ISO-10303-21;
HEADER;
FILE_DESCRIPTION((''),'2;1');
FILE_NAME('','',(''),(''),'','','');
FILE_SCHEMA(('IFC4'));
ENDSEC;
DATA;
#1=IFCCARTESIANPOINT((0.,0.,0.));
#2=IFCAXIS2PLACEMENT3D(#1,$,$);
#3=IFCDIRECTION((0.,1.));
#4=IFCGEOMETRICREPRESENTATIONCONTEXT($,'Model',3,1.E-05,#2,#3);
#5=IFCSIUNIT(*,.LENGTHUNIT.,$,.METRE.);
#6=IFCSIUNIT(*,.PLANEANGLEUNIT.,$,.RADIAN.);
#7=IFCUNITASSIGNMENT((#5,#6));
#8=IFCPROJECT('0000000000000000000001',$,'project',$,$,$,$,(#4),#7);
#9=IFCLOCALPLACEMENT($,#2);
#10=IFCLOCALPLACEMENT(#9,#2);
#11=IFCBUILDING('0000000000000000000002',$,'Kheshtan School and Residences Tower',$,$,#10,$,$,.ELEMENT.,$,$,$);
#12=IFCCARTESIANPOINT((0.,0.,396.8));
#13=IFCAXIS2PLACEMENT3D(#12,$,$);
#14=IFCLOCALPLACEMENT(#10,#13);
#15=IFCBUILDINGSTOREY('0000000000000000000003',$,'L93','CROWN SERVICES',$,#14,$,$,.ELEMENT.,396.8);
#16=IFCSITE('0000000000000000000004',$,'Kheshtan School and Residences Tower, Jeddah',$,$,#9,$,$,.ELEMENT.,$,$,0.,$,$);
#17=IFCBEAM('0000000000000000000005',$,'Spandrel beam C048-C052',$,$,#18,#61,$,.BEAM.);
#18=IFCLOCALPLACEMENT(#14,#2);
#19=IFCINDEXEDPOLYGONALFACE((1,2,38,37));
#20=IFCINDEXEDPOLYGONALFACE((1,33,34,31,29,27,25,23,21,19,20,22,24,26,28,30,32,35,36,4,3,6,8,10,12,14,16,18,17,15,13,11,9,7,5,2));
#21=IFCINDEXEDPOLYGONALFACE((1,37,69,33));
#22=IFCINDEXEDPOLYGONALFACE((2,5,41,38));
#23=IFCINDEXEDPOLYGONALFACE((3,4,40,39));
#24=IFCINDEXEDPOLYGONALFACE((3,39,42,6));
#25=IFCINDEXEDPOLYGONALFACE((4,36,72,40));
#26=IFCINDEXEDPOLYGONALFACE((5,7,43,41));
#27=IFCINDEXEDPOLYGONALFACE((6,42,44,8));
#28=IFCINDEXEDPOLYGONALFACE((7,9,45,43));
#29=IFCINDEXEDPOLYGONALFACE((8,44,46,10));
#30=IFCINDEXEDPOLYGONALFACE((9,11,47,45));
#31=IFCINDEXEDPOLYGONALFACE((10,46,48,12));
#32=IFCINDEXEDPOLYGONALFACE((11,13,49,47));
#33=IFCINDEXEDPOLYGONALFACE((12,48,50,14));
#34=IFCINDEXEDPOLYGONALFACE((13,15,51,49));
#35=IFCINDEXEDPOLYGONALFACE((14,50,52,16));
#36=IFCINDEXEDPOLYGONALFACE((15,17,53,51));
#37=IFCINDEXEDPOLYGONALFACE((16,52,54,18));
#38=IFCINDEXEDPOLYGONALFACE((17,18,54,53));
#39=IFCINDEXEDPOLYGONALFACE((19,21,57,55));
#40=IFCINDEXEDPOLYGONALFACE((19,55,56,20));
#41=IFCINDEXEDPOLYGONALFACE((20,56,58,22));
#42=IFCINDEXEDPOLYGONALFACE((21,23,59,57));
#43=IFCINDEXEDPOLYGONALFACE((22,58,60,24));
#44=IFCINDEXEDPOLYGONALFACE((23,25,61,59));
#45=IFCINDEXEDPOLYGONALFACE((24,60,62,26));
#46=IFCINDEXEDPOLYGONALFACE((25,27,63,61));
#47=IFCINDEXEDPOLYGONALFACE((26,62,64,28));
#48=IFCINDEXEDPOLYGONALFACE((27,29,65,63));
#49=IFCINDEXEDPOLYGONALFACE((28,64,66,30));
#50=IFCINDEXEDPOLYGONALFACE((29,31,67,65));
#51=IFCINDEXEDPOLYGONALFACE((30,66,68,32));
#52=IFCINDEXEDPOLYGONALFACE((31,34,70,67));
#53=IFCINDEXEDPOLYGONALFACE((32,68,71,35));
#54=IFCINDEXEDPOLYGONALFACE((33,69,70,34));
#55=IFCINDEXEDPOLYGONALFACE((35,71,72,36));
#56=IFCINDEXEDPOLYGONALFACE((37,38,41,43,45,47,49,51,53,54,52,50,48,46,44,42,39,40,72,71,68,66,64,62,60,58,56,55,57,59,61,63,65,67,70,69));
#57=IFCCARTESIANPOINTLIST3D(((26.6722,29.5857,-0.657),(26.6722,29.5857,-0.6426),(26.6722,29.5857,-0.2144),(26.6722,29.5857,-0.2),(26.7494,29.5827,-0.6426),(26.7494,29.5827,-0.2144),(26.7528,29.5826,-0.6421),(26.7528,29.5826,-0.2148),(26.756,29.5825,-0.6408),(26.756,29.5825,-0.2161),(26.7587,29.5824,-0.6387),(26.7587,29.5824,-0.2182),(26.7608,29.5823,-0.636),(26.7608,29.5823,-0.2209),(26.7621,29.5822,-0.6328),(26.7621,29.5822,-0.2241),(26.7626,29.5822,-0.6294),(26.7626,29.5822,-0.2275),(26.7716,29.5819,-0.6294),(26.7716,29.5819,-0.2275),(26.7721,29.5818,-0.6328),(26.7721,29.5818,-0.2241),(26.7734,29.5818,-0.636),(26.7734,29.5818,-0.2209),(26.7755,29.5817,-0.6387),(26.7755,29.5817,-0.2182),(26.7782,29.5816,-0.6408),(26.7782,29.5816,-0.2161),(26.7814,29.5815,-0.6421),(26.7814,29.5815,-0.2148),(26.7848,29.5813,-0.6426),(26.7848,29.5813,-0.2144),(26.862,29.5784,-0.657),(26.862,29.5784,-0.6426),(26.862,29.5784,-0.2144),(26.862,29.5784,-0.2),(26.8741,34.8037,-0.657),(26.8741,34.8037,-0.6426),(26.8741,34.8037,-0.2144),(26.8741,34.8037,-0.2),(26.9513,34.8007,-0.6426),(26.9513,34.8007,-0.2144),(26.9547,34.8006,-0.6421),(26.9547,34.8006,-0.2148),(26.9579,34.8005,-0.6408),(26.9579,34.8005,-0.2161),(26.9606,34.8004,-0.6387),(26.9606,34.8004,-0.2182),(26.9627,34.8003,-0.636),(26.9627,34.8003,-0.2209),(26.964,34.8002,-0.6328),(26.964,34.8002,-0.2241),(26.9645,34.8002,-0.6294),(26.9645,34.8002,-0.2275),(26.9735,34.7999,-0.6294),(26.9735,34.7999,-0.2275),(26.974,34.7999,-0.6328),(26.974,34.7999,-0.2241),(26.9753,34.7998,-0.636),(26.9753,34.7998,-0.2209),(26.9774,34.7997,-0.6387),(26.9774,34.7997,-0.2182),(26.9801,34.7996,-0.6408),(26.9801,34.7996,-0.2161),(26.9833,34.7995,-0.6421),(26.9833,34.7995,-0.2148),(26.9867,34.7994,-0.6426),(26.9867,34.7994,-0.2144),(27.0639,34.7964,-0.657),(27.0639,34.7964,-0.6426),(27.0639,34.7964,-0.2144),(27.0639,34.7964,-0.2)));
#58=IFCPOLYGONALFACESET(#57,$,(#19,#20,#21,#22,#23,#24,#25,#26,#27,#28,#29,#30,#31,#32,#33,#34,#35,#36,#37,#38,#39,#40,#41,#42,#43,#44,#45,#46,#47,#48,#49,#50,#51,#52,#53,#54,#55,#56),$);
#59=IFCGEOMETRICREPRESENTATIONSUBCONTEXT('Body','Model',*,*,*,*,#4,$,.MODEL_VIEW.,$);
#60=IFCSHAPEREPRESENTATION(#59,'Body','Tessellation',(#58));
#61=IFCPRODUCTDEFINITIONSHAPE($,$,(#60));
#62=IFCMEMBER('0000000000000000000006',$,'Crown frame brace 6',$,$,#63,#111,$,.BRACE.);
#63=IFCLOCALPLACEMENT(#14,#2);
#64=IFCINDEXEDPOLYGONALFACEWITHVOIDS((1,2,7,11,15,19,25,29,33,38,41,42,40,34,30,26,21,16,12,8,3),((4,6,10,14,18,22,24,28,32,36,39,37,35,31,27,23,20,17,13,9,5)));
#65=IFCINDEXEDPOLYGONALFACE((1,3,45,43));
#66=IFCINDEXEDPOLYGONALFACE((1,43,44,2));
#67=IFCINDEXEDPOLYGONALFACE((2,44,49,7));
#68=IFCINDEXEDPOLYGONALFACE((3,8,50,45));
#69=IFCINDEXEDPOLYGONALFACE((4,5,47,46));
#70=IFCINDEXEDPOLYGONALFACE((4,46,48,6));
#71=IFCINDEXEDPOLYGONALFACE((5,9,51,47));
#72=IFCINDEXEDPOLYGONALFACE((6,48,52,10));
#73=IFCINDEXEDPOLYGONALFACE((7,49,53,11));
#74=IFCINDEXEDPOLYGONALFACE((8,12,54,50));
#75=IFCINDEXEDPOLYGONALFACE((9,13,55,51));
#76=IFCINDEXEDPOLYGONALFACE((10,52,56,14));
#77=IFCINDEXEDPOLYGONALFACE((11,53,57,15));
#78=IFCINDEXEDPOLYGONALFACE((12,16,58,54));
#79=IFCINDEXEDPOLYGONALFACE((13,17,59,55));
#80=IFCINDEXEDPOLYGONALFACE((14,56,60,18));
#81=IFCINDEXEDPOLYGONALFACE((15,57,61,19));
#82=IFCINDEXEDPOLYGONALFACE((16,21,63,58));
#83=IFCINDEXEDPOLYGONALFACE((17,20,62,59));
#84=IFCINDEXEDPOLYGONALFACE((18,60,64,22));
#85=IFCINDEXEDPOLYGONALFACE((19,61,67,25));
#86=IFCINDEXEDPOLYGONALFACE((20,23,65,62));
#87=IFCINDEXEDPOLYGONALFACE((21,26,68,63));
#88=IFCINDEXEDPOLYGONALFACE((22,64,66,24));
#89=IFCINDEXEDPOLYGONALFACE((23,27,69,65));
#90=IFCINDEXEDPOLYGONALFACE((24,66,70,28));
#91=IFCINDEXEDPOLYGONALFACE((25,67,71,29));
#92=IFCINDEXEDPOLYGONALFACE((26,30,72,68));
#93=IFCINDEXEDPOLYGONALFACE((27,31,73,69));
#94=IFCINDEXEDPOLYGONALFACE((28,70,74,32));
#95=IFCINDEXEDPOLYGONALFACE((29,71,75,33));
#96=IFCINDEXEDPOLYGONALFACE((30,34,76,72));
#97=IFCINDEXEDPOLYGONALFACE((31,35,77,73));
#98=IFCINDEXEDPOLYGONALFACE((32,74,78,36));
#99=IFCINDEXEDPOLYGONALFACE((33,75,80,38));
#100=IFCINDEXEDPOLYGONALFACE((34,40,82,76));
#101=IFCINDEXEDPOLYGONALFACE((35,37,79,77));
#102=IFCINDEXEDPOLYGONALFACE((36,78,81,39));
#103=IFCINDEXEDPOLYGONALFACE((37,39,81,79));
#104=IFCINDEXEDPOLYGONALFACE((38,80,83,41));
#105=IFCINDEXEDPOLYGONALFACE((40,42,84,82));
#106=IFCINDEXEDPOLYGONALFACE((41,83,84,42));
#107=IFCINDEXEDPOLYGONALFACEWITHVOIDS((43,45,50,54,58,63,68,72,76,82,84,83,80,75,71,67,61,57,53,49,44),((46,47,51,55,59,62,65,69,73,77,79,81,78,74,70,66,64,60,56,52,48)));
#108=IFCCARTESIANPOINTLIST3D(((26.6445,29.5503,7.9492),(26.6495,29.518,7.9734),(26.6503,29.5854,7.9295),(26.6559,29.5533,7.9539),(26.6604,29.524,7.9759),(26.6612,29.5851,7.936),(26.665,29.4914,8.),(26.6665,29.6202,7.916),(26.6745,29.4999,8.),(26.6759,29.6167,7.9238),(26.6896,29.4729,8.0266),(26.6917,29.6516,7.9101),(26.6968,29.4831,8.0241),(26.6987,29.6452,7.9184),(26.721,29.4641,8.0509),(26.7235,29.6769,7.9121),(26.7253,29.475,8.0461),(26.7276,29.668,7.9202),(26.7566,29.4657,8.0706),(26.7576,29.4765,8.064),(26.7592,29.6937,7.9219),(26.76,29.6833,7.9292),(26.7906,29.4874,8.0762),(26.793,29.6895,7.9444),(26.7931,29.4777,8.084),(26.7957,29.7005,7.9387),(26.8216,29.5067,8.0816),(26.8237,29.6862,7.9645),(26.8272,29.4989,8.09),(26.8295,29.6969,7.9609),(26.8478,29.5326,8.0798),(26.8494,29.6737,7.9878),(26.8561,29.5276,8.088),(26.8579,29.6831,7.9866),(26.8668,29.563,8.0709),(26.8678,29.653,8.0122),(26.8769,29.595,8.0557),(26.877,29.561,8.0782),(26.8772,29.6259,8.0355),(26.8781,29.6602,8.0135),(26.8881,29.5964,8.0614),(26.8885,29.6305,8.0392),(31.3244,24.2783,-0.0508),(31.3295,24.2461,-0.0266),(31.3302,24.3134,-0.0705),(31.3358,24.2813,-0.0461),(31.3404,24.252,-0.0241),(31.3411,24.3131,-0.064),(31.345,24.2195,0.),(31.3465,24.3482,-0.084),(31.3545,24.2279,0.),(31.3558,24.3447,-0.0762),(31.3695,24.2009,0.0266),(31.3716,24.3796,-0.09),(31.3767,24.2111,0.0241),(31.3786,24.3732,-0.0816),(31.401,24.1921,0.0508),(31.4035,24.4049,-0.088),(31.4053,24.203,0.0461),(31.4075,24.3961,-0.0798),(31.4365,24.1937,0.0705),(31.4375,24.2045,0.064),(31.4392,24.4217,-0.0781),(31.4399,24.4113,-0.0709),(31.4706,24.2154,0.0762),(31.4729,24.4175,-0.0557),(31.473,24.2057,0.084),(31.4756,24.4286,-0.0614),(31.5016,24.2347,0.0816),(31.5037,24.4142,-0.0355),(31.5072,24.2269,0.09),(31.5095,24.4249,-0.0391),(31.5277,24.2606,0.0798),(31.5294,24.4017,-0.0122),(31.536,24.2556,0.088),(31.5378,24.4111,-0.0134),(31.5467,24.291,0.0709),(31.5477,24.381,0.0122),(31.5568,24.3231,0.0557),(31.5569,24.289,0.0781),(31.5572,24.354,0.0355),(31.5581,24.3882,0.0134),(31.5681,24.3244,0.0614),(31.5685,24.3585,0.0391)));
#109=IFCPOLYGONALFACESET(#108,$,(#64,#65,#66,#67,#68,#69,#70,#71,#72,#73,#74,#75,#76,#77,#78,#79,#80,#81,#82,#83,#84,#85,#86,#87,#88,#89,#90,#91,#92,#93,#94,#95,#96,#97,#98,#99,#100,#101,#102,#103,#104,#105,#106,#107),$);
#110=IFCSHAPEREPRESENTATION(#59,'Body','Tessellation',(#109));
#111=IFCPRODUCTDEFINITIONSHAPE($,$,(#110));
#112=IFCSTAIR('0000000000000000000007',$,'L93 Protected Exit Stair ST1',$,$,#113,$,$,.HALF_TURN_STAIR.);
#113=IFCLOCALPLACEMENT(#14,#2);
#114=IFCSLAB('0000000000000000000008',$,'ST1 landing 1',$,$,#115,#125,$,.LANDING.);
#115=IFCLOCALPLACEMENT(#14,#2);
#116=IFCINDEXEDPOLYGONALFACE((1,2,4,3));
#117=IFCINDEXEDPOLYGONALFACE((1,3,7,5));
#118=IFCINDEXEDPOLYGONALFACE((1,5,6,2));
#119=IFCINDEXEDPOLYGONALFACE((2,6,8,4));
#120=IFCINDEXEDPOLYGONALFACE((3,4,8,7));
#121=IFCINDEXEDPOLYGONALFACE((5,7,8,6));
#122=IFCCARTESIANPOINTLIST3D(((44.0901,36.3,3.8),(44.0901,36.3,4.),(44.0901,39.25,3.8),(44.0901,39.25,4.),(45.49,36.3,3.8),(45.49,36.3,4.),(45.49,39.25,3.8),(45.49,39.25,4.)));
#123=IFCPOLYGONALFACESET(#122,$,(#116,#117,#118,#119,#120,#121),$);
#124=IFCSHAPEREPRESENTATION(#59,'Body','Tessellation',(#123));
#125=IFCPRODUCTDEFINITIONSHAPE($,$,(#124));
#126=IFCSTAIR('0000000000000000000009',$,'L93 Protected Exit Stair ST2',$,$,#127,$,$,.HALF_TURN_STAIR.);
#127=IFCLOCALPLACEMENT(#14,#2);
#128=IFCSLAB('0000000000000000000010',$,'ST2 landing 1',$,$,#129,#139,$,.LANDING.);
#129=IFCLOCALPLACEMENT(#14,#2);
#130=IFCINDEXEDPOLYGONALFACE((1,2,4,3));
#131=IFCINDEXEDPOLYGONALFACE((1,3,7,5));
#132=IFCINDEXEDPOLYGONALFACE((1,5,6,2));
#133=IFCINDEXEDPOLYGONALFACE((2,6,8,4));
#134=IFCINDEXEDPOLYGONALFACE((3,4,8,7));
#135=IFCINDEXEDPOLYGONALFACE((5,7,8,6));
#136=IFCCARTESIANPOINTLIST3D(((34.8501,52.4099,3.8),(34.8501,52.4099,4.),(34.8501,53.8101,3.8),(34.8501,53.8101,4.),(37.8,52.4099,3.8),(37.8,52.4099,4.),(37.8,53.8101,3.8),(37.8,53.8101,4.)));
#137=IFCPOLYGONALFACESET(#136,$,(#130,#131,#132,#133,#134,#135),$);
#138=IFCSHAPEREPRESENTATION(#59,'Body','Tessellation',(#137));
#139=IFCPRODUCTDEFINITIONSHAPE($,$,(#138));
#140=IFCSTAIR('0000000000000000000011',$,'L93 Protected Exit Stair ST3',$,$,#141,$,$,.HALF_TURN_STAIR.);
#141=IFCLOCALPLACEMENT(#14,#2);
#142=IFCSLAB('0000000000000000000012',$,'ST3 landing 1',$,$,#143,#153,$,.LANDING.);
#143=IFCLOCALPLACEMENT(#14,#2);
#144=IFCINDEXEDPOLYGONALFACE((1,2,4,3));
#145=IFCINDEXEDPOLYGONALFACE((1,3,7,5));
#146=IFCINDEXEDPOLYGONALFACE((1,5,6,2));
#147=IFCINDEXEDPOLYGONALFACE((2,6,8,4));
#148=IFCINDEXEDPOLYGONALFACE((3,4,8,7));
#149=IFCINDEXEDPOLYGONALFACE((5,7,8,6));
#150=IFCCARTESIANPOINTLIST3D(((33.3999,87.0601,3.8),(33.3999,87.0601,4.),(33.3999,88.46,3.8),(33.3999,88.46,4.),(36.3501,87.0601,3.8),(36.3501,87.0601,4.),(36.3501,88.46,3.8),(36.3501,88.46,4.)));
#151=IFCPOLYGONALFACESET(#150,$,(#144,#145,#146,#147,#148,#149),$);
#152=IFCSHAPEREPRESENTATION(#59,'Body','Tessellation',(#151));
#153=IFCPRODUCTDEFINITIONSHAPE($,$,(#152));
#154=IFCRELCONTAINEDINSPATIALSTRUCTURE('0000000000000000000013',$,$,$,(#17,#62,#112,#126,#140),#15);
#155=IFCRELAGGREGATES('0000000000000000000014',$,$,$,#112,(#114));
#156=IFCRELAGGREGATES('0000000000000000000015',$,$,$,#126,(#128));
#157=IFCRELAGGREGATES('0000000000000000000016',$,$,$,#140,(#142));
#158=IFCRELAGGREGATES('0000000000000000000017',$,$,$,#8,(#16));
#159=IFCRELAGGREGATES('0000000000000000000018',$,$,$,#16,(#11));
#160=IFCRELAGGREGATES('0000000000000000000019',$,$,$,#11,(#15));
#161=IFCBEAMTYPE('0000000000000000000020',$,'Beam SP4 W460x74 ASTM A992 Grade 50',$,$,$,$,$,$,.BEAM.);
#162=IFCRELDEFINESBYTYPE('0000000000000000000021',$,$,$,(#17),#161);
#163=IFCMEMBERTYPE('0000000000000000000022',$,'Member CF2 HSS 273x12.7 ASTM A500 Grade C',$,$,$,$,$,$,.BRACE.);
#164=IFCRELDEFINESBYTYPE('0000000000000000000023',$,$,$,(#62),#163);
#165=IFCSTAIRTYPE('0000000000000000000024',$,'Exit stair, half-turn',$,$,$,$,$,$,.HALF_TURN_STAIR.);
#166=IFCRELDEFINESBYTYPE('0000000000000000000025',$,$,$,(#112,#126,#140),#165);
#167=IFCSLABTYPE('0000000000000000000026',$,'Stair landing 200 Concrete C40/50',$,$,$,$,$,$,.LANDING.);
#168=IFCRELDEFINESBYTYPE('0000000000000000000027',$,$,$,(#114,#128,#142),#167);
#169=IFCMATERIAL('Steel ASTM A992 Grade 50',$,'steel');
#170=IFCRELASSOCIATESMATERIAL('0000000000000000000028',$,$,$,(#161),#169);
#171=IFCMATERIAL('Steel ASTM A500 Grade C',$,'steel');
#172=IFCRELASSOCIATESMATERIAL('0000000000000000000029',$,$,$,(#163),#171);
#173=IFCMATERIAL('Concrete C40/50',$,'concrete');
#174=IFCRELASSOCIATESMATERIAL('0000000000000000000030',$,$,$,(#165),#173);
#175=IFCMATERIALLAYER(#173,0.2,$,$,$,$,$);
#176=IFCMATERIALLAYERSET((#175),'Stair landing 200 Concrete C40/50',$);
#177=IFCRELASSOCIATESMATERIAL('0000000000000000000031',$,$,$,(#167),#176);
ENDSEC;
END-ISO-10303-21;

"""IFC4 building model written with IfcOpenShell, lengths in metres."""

from ifc_helpers import new_model, si_unit, direction, frame, origin, origin_2d, place, context, subcontext, project, spatial, polyline, hollow_circle, i_section, outline, extrude, material, layer, layer_set, material_profile, profile_set, type_object, element, aggregate, save


model = new_model("IFC4")

# Units and contexts
model_context = context("Model", 3, precision=1e-05, world=origin(), true_north=direction((0.0, 1.0)))
body_context = subcontext(model_context, "Body", "Model", "MODEL_VIEW")
ifc_project = project(units=[si_unit("LENGTHUNIT", "METRE"), si_unit("PLANEANGLEUNIT", "RADIAN")], contexts=[model_context])

# Site, building, storey
site_placement = place(None, origin())
site = spatial("IfcSite", under=ifc_project, at=site_placement, Name="Kheshtan School and Residences Tower, Jeddah", CompositionType="ELEMENT", RefElevation=0.0)
building_placement = place(site_placement, origin())
building = spatial("IfcBuilding", under=site, at=building_placement, Name="Kheshtan School and Residences Tower", CompositionType="ELEMENT")
storey_placement = place(building_placement, frame((0.0, 0.0, 396.8)))
storey = spatial("IfcBuildingStorey", under=building, at=storey_placement, Name="L93", Description="CROWN SERVICES", CompositionType="ELEMENT", Elevation=396.8)

# Shared definitions
ifc_material_1 = material(Name="Steel ASTM A500 Grade C", Category="steel")

# Beam
ifc_material_2 = material(Name="Steel ASTM A992 Grade 50", Category="steel")
ifc_material_profile_1 = material_profile(ifc_material_2, i_section(OverallWidth=0.1899, OverallDepth=0.457, WebThickness=0.009, FlangeThickness=0.0144, FilletRadius=0.0132, at=origin_2d()), Name="W460x74")
ifc_profile_set_1 = profile_set([ifc_material_profile_1], Name="Steel ASTM A992 Grade 50")
beam_type = type_object("IfcBeamType", Name="Beam SP4 W460x74 ASTM A992 Grade 50", PredefinedType="BEAM", material=ifc_profile_set_1)
beam_1_placement = place(storey_placement, frame((26.7671, 29.582, -0.4285), z_axis=(0.038665, 0.999252, 0.0), x_axis=(-0.999252, 0.038665, 0.0)))
element("IfcBeam", 1, at=beam_1_placement, inside=storey, type_object=beam_type, Name="Spandrel beam C048-C052", PredefinedType="BEAM", context=body_context, shape_type="SweptSolid", body=[
    extrude(i_section(OverallWidth=0.1899, OverallDepth=0.457, WebThickness=0.009, FlangeThickness=0.0144, FilletRadius=0.0132, at=origin_2d()), origin(), (0.0, 0.0, 1.0), 5.2219),
])

# Member
ifc_material_profile_2 = material_profile(ifc_material_1, hollow_circle(Radius=0.1365, WallThickness=0.0127, at=origin_2d()), Name="HSS 273x12.7")
ifc_profile_set_2 = profile_set([ifc_material_profile_2], Name="Steel ASTM A500 Grade C")
member_type = type_object("IfcMemberType", Name="Member CF2 HSS 273x12.7 ASTM A500 Grade C", PredefinedType="BRACE", material=ifc_profile_set_2)
member_placement = place(storey_placement, frame((31.447, 24.3101, 0.0), z_axis=(-0.438902, 0.494426, 0.750271), x_axis=(-0.747851, -0.663867, 0.0)))
element("IfcMember", 2, at=member_placement, inside=storey, type_object=member_type, Name="Crown frame brace 6", PredefinedType="BRACE", context=body_context, shape_type="SweptSolid", body=[
    extrude(hollow_circle(Radius=0.1365, WallThickness=0.0127, at=origin_2d()), origin(), (0.0, 0.0, 1.0), 10.6628),
])

# Shared definitions
ifc_material_3 = material(Name="Concrete C40/50", Category="concrete")

# Stairs, slabs
stair_type = type_object("IfcStairType", Name="Exit stair, half-turn", PredefinedType="HALF_TURN_STAIR", material=ifc_material_3)
stair_1_placement = place(storey_placement, origin())
stair_1 = element("IfcStair", 3, at=stair_1_placement, inside=storey, type_object=stair_type, Name="L93 Protected Exit Stair ST1", PredefinedType="HALF_TURN_STAIR")
ifc_layer_1 = layer(ifc_material_3, 0.2)
ifc_layer_set_1 = layer_set([ifc_layer_1], Name="Stair landing 200 Concrete C40/50")
slab_type_1 = type_object("IfcSlabType", Name="Stair landing 200 Concrete C40/50", PredefinedType="LANDING", material=ifc_layer_set_1)
slab_1_placement = place(storey_placement, frame((0.0, 0.0, 3.8)))
slab_1 = element("IfcSlab", 4, at=slab_1_placement, type_object=slab_type_1, Name="ST1 landing 1", PredefinedType="LANDING", context=body_context, shape_type="SweptSolid", body=[
    extrude(outline(polyline([(45.49, 39.25), (44.0901, 39.25), (44.0901, 36.3), (45.49, 36.3), (45.49, 39.25)])), origin(), (0.0, 0.0, 1.0), 0.2),
])
aggregate(stair_1, [slab_1])
stair_2_placement = place(storey_placement, origin())
stair_2 = element("IfcStair", 5, at=stair_2_placement, inside=storey, type_object=stair_type, Name="L93 Protected Exit Stair ST2", PredefinedType="HALF_TURN_STAIR")
slab_2_placement = place(storey_placement, frame((0.0, 0.0, 3.8)))
slab_2 = element("IfcSlab", 6, at=slab_2_placement, type_object=slab_type_1, Name="ST2 landing 1", PredefinedType="LANDING", context=body_context, shape_type="SweptSolid", body=[
    extrude(outline(polyline([(37.8, 52.4099), (37.8, 53.8101), (34.8501, 53.8101), (34.8501, 52.4099), (37.8, 52.4099)])), origin(), (0.0, 0.0, 1.0), 0.2),
])
aggregate(stair_2, [slab_2])
stair_3_placement = place(storey_placement, origin())
stair_3 = element("IfcStair", 7, at=stair_3_placement, inside=storey, type_object=stair_type, Name="L93 Protected Exit Stair ST3", PredefinedType="HALF_TURN_STAIR")
slab_3_placement = place(storey_placement, frame((0.0, 0.0, 3.8)))
slab_3 = element("IfcSlab", 8, at=slab_3_placement, type_object=slab_type_1, Name="ST3 landing 1", PredefinedType="LANDING", context=body_context, shape_type="SweptSolid", body=[
    extrude(outline(polyline([(36.3501, 87.0601), (36.3501, 88.46), (33.3999, 88.46), (33.3999, 87.0601), (36.3501, 87.0601)])), origin(), (0.0, 0.0, 1.0), 0.2),
])
aggregate(stair_3, [slab_3])

save(model, "model.ifc")
